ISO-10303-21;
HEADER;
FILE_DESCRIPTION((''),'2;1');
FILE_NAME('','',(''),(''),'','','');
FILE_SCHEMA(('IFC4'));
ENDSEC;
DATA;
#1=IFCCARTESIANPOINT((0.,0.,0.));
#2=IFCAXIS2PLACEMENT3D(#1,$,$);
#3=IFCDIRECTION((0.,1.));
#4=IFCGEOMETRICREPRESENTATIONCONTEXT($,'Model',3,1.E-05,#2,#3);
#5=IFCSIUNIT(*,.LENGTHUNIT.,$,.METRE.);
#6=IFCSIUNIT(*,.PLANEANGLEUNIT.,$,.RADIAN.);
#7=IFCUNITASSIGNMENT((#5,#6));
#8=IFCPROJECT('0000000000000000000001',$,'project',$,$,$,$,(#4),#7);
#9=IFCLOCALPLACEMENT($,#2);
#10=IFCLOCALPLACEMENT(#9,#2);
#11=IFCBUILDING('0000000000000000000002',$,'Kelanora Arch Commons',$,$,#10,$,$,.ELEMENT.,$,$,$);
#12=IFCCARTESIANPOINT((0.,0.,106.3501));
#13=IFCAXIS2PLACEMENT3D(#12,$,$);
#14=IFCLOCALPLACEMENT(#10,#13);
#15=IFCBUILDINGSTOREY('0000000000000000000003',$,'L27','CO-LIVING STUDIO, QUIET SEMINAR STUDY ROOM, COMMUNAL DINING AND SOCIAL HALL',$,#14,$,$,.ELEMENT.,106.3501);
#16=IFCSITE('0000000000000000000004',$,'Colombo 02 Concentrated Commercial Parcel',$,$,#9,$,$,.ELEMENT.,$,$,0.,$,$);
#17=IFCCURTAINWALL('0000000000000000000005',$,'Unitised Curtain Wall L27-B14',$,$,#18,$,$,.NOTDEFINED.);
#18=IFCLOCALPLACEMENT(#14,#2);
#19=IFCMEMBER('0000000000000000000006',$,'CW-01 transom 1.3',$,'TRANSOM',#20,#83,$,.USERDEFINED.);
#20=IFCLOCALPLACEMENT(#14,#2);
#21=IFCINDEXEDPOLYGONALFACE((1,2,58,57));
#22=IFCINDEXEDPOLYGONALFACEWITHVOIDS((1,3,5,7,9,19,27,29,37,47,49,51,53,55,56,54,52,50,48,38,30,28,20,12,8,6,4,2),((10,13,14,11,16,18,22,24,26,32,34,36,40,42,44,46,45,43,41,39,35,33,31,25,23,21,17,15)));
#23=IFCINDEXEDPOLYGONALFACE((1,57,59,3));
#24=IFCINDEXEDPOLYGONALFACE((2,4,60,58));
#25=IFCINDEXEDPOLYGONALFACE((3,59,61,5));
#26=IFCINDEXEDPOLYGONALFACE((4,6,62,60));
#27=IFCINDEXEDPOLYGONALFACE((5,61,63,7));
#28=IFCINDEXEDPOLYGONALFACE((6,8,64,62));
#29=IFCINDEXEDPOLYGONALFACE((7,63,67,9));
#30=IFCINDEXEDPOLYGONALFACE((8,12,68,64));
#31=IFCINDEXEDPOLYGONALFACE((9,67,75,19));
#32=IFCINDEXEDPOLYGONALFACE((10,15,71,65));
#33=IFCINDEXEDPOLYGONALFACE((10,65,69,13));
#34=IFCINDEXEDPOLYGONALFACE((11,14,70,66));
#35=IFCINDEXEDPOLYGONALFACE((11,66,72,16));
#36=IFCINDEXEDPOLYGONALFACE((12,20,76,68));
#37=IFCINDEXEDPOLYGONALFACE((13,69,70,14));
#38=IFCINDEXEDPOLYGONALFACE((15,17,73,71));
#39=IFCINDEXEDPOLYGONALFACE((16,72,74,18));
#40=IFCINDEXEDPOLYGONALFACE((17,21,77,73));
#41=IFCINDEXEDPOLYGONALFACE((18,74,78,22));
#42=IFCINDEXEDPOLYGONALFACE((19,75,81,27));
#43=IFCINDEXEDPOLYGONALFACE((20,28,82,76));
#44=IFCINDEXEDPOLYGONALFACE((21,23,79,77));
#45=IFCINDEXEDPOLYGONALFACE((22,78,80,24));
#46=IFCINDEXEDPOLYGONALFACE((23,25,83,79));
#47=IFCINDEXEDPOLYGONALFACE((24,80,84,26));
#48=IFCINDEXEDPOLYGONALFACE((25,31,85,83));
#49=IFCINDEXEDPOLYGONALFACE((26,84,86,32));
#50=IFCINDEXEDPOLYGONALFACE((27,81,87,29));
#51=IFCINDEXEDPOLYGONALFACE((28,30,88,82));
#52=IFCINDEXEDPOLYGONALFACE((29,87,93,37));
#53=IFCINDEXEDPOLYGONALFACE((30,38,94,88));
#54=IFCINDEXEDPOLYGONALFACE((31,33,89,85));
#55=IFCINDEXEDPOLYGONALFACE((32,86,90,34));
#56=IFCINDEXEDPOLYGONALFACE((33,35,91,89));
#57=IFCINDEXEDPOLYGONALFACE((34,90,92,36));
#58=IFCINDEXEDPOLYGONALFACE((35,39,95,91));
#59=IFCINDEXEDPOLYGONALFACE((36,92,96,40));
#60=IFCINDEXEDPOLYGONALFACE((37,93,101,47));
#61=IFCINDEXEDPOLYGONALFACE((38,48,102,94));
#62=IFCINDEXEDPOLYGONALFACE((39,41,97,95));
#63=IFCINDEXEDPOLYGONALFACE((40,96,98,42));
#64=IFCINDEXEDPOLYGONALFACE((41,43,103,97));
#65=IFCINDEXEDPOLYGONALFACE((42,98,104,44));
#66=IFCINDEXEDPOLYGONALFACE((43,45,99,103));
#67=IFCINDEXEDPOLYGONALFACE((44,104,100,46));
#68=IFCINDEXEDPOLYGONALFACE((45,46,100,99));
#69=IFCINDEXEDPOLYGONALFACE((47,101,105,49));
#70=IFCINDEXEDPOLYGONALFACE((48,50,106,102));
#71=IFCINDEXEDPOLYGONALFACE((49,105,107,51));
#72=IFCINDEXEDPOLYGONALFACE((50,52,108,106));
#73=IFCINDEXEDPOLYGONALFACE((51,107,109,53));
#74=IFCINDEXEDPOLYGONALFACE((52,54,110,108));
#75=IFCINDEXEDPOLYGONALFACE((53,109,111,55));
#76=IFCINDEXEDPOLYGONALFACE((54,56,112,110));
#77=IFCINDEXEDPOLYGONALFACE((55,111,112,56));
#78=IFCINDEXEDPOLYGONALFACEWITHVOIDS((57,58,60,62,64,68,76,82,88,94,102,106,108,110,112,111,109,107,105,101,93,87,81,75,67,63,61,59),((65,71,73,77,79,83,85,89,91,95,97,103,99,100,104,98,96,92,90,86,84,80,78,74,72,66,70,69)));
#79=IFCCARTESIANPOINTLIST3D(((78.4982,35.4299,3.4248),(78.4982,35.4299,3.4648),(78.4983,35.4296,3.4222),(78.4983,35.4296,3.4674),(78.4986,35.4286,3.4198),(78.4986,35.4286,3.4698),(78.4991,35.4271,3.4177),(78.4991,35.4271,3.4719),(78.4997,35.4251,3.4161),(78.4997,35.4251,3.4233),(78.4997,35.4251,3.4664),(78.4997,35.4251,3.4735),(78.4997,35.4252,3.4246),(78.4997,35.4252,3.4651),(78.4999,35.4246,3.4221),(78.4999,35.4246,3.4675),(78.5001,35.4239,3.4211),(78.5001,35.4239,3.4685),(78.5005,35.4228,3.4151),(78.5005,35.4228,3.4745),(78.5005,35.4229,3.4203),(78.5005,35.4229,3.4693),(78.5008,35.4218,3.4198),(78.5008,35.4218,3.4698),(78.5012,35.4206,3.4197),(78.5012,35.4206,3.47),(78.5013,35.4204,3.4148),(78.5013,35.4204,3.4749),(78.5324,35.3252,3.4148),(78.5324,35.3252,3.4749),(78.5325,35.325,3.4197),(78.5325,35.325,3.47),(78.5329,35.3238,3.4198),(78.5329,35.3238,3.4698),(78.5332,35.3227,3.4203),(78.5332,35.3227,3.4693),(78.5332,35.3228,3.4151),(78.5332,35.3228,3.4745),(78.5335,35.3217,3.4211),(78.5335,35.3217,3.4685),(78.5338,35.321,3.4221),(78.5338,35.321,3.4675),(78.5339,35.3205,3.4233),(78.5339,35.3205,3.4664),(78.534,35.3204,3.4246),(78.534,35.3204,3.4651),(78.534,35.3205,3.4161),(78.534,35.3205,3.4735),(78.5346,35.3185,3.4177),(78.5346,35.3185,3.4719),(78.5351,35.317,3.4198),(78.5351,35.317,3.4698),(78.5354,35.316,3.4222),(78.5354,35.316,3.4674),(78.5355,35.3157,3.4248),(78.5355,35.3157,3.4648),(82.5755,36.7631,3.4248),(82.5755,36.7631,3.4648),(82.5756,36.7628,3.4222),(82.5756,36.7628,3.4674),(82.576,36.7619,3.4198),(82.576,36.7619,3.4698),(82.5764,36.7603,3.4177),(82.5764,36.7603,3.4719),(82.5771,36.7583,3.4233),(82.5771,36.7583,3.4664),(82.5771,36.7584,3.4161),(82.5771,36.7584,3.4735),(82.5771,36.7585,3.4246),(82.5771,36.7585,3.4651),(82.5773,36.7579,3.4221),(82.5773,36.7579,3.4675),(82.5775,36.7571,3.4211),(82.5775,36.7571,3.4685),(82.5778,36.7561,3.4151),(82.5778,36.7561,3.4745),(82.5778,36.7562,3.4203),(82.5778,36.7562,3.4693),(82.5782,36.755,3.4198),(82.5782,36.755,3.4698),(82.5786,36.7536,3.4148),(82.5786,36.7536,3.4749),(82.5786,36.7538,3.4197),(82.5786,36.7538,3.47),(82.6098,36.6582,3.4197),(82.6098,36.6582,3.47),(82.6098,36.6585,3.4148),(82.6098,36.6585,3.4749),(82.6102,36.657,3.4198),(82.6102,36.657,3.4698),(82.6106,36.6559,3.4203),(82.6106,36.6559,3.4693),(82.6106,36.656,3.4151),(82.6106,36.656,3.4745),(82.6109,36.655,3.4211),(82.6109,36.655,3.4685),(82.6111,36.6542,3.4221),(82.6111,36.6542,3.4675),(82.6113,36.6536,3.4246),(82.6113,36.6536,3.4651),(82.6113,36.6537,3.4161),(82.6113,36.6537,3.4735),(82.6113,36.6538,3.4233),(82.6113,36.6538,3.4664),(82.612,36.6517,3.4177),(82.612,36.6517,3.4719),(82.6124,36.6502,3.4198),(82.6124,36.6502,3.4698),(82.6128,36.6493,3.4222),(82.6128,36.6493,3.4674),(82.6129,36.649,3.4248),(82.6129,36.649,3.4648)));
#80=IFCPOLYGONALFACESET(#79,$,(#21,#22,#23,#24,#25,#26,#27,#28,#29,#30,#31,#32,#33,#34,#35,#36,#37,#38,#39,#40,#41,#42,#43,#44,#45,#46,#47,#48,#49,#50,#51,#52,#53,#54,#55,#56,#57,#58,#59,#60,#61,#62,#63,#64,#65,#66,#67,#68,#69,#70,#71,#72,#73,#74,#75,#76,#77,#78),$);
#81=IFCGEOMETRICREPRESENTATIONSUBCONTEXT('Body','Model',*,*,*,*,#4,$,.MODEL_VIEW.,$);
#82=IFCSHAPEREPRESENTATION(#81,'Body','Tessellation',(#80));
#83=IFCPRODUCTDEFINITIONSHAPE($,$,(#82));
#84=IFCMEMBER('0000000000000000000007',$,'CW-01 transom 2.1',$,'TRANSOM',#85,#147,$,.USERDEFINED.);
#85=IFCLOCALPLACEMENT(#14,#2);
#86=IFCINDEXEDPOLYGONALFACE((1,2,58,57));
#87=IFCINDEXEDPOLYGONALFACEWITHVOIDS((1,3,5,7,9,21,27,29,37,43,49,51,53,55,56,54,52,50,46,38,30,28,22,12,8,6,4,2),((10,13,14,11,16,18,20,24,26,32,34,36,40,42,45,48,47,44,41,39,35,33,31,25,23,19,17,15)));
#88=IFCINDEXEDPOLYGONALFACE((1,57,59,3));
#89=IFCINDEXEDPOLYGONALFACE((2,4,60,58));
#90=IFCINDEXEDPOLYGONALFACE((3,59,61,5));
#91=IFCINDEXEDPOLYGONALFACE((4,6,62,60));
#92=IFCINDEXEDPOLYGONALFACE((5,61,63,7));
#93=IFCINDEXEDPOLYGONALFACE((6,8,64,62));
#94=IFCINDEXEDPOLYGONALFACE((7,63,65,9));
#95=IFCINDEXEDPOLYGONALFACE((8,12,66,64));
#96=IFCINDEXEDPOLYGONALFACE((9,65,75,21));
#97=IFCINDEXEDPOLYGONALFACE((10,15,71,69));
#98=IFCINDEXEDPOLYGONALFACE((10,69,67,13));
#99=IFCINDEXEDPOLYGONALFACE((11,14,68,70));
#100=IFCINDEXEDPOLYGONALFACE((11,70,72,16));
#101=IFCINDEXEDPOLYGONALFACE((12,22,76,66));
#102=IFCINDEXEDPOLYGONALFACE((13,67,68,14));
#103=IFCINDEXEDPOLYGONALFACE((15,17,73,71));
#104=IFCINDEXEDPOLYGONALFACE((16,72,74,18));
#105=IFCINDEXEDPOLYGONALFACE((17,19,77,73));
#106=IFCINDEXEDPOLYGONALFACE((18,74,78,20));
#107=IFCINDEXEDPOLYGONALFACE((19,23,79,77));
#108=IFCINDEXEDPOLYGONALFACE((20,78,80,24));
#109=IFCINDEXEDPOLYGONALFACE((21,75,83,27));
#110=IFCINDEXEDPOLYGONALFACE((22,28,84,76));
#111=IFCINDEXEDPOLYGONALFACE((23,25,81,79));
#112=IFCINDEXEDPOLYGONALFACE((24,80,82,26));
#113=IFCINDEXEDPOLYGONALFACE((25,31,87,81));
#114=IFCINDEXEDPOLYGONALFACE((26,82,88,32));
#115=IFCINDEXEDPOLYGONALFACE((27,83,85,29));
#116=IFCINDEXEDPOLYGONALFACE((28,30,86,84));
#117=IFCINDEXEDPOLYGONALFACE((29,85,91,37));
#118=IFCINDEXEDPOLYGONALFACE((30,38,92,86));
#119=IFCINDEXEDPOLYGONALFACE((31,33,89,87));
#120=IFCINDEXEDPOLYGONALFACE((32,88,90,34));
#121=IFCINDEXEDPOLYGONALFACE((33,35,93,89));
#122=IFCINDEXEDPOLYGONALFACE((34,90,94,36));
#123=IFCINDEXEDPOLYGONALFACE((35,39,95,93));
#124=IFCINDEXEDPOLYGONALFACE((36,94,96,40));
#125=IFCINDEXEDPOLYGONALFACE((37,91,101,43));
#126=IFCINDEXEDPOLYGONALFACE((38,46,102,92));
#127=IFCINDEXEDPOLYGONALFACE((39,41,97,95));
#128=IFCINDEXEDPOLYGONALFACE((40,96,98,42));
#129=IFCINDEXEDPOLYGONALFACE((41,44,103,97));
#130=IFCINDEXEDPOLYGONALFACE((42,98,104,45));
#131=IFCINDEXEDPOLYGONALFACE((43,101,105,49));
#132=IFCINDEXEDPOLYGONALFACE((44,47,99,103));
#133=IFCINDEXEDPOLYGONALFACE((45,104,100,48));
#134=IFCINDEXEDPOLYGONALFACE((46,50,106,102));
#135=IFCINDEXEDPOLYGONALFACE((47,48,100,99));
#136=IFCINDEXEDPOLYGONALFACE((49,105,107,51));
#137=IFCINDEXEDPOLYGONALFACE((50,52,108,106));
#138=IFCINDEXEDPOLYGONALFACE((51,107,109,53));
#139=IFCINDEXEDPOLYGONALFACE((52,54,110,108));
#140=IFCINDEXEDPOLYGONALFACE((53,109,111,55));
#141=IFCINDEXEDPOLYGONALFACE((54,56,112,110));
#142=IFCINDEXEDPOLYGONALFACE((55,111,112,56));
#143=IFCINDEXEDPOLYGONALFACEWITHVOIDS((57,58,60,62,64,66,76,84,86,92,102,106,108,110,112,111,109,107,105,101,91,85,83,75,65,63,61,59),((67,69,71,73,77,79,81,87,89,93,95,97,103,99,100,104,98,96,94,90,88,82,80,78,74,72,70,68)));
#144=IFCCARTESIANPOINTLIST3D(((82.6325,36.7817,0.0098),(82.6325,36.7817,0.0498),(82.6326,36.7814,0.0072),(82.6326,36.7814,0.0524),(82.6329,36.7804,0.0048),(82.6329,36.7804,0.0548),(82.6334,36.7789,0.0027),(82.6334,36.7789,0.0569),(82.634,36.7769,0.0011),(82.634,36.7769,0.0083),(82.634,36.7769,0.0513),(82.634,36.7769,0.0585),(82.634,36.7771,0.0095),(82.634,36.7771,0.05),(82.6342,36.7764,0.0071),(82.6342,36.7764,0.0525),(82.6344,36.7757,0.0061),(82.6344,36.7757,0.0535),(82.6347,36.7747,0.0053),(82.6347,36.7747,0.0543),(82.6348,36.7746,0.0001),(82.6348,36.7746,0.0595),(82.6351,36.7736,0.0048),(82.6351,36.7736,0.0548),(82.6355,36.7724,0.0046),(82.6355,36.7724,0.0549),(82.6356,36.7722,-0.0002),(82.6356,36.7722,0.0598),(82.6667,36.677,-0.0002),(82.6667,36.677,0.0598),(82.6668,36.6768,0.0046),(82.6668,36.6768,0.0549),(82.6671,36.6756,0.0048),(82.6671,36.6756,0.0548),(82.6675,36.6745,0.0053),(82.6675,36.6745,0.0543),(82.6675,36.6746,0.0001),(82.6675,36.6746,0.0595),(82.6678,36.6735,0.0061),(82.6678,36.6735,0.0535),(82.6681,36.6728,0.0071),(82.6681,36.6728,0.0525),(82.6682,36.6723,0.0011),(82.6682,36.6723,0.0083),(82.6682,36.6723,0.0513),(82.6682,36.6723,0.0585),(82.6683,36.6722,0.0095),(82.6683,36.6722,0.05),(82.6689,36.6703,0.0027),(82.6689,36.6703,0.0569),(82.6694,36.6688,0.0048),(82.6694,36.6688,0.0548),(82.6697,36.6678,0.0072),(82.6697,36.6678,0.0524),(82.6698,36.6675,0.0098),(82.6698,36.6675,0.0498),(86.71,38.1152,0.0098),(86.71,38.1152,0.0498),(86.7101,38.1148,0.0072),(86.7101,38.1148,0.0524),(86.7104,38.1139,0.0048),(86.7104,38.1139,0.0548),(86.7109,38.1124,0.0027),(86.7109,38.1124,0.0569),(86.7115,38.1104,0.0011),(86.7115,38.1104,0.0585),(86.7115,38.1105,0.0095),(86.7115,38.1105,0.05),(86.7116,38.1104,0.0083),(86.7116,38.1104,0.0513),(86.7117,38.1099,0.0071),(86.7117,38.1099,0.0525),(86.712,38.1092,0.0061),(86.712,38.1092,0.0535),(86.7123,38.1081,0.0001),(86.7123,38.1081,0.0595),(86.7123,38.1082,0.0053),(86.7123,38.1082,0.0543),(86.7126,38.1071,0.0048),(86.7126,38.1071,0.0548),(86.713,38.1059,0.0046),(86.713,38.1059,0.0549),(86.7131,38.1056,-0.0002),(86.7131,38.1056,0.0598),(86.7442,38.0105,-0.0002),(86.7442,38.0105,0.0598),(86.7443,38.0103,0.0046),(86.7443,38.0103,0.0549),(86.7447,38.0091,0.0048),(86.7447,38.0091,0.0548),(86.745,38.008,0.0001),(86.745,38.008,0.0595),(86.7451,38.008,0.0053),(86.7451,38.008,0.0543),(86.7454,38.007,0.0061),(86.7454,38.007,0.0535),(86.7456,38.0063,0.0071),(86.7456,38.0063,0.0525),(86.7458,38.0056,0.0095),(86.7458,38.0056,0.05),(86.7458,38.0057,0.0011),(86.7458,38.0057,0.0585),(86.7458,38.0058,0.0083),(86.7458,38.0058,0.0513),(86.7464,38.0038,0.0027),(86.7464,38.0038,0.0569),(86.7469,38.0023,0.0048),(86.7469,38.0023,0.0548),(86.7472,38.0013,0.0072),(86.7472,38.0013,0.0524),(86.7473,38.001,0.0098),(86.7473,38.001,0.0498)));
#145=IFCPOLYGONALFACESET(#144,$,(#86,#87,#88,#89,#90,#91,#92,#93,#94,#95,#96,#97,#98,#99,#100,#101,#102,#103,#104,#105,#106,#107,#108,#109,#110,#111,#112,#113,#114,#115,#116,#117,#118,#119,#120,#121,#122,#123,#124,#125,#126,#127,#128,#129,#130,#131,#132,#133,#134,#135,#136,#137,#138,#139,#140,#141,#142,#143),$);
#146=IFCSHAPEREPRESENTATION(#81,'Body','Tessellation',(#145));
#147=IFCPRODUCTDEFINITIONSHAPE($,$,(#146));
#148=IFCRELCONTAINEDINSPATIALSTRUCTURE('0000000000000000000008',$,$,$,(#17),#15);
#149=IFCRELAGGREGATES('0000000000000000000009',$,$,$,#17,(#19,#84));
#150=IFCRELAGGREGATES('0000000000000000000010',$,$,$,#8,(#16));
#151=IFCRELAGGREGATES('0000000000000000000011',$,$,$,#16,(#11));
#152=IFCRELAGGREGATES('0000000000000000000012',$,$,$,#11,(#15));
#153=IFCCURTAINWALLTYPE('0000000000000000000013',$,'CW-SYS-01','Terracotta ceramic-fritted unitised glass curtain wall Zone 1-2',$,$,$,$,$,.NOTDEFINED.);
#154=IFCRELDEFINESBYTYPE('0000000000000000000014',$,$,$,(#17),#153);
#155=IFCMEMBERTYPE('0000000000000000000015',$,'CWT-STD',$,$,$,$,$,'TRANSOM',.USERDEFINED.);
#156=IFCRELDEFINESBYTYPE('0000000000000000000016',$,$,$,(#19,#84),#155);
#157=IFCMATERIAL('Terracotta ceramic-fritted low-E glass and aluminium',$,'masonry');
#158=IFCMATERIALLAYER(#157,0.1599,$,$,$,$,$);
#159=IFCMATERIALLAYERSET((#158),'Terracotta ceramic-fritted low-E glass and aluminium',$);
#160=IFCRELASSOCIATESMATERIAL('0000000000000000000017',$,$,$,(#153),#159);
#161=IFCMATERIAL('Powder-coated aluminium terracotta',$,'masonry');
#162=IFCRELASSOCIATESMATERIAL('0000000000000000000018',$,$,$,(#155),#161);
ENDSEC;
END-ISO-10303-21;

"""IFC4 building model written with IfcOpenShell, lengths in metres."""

from ifc_helpers import new_model, si_unit, direction, frame, origin, origin_2d, place, context, subcontext, project, spatial, hollow_rectangle, extrude, material, layer, layer_set, material_profile, profile_set, type_object, element, aggregate, save


model = new_model("IFC4")

# Units and contexts
model_context = context("Model", 3, precision=1e-05, world=origin(), true_north=direction((0.0, 1.0)))
body_context = subcontext(model_context, "Body", "Model", "MODEL_VIEW")
ifc_project = project(units=[si_unit("LENGTHUNIT", "METRE"), si_unit("PLANEANGLEUNIT", "RADIAN")], contexts=[model_context])

# Site, building, storey
site_placement = place(None, origin())
site = spatial("IfcSite", under=ifc_project, at=site_placement, Name="Colombo 02 Concentrated Commercial Parcel", CompositionType="ELEMENT", RefElevation=0.0)
building_placement = place(site_placement, origin())
building = spatial("IfcBuilding", under=site, at=building_placement, Name="Kelanora Arch Commons", CompositionType="ELEMENT")
storey_placement = place(building_placement, frame((0.0, 0.0, 106.3501)))
storey = spatial("IfcBuildingStorey", under=building, at=storey_placement, Name="L27", Description="CO-LIVING STUDIO, QUIET SEMINAR STUDY ROOM, COMMUNAL DINING AND SOCIAL HALL", CompositionType="ELEMENT", Elevation=106.3501)

# Curtain wall, members
ifc_material_1 = material(Name="Terracotta ceramic-fritted low-E glass and aluminium", Category="masonry")
ifc_layer_1 = layer(ifc_material_1, 0.1599)
ifc_layer_set_1 = layer_set([ifc_layer_1], Name="Terracotta ceramic-fritted low-E glass and aluminium")
curtain_wall_type = type_object("IfcCurtainWallType", Name="CW-SYS-01", Description="Terracotta ceramic-fritted unitised glass curtain wall Zone 1-2", PredefinedType="NOTDEFINED", material=ifc_layer_set_1)
curtain_wall_placement = place(storey_placement, origin())
curtain_wall = element("IfcCurtainWall", 1, at=curtain_wall_placement, inside=storey, type_object=curtain_wall_type, Name="Unitised Curtain Wall L27-B14", PredefinedType="NOTDEFINED")
ifc_material_2 = material(Name="Powder-coated aluminium terracotta", Category="masonry")
ifc_material_profile_1 = material_profile(ifc_material_2, hollow_rectangle(XDim=0.1201, YDim=0.0601, WallThickness=0.0049, InnerFilletRadius=0.0049, OuterFilletRadius=0.01, at=origin_2d()), Name="CWT120x60")
ifc_profile_set_1 = profile_set([ifc_material_profile_1], Name="Powder-coated aluminium terracotta")
member_type_1 = type_object("IfcMemberType", Name="CWT-STD", ElementType="TRANSOM", PredefinedType="USERDEFINED", material=ifc_profile_set_1)
member_1_placement = place(storey_placement, frame((78.5168, 35.3728, 3.4448), z_axis=(0.950478, 0.310793, 0.0), x_axis=(-0.310793, 0.950478, 0.0)))
member_1 = element("IfcMember", 2, at=member_1_placement, type_object=member_type_1, Name="CW-01 transom 1.3", ObjectType="TRANSOM", PredefinedType="USERDEFINED", context=body_context, shape_type="SweptSolid", body=[
    extrude(hollow_rectangle(XDim=0.1201, YDim=0.0601, WallThickness=0.0049, InnerFilletRadius=0.0049, OuterFilletRadius=0.01, at=origin_2d()), origin(), (0.0, 0.0, 1.0), 4.2898),
])
member_2_placement = place(storey_placement, frame((82.6511, 36.7246, 0.0298), z_axis=(0.950466, 0.310828, 0.0), x_axis=(-0.310828, 0.950466, 0.0)))
member_2 = element("IfcMember", 3, at=member_2_placement, type_object=member_type_1, Name="CW-01 transom 2.1", ObjectType="TRANSOM", PredefinedType="USERDEFINED", context=body_context, shape_type="SweptSolid", body=[
    extrude(hollow_rectangle(XDim=0.1201, YDim=0.0601, WallThickness=0.0049, InnerFilletRadius=0.0049, OuterFilletRadius=0.01, at=origin_2d()), origin(), (0.0, 0.0, 1.0), 4.29),
])
aggregate(curtain_wall, [member_1, member_2])

save(model, "model.ifc")
